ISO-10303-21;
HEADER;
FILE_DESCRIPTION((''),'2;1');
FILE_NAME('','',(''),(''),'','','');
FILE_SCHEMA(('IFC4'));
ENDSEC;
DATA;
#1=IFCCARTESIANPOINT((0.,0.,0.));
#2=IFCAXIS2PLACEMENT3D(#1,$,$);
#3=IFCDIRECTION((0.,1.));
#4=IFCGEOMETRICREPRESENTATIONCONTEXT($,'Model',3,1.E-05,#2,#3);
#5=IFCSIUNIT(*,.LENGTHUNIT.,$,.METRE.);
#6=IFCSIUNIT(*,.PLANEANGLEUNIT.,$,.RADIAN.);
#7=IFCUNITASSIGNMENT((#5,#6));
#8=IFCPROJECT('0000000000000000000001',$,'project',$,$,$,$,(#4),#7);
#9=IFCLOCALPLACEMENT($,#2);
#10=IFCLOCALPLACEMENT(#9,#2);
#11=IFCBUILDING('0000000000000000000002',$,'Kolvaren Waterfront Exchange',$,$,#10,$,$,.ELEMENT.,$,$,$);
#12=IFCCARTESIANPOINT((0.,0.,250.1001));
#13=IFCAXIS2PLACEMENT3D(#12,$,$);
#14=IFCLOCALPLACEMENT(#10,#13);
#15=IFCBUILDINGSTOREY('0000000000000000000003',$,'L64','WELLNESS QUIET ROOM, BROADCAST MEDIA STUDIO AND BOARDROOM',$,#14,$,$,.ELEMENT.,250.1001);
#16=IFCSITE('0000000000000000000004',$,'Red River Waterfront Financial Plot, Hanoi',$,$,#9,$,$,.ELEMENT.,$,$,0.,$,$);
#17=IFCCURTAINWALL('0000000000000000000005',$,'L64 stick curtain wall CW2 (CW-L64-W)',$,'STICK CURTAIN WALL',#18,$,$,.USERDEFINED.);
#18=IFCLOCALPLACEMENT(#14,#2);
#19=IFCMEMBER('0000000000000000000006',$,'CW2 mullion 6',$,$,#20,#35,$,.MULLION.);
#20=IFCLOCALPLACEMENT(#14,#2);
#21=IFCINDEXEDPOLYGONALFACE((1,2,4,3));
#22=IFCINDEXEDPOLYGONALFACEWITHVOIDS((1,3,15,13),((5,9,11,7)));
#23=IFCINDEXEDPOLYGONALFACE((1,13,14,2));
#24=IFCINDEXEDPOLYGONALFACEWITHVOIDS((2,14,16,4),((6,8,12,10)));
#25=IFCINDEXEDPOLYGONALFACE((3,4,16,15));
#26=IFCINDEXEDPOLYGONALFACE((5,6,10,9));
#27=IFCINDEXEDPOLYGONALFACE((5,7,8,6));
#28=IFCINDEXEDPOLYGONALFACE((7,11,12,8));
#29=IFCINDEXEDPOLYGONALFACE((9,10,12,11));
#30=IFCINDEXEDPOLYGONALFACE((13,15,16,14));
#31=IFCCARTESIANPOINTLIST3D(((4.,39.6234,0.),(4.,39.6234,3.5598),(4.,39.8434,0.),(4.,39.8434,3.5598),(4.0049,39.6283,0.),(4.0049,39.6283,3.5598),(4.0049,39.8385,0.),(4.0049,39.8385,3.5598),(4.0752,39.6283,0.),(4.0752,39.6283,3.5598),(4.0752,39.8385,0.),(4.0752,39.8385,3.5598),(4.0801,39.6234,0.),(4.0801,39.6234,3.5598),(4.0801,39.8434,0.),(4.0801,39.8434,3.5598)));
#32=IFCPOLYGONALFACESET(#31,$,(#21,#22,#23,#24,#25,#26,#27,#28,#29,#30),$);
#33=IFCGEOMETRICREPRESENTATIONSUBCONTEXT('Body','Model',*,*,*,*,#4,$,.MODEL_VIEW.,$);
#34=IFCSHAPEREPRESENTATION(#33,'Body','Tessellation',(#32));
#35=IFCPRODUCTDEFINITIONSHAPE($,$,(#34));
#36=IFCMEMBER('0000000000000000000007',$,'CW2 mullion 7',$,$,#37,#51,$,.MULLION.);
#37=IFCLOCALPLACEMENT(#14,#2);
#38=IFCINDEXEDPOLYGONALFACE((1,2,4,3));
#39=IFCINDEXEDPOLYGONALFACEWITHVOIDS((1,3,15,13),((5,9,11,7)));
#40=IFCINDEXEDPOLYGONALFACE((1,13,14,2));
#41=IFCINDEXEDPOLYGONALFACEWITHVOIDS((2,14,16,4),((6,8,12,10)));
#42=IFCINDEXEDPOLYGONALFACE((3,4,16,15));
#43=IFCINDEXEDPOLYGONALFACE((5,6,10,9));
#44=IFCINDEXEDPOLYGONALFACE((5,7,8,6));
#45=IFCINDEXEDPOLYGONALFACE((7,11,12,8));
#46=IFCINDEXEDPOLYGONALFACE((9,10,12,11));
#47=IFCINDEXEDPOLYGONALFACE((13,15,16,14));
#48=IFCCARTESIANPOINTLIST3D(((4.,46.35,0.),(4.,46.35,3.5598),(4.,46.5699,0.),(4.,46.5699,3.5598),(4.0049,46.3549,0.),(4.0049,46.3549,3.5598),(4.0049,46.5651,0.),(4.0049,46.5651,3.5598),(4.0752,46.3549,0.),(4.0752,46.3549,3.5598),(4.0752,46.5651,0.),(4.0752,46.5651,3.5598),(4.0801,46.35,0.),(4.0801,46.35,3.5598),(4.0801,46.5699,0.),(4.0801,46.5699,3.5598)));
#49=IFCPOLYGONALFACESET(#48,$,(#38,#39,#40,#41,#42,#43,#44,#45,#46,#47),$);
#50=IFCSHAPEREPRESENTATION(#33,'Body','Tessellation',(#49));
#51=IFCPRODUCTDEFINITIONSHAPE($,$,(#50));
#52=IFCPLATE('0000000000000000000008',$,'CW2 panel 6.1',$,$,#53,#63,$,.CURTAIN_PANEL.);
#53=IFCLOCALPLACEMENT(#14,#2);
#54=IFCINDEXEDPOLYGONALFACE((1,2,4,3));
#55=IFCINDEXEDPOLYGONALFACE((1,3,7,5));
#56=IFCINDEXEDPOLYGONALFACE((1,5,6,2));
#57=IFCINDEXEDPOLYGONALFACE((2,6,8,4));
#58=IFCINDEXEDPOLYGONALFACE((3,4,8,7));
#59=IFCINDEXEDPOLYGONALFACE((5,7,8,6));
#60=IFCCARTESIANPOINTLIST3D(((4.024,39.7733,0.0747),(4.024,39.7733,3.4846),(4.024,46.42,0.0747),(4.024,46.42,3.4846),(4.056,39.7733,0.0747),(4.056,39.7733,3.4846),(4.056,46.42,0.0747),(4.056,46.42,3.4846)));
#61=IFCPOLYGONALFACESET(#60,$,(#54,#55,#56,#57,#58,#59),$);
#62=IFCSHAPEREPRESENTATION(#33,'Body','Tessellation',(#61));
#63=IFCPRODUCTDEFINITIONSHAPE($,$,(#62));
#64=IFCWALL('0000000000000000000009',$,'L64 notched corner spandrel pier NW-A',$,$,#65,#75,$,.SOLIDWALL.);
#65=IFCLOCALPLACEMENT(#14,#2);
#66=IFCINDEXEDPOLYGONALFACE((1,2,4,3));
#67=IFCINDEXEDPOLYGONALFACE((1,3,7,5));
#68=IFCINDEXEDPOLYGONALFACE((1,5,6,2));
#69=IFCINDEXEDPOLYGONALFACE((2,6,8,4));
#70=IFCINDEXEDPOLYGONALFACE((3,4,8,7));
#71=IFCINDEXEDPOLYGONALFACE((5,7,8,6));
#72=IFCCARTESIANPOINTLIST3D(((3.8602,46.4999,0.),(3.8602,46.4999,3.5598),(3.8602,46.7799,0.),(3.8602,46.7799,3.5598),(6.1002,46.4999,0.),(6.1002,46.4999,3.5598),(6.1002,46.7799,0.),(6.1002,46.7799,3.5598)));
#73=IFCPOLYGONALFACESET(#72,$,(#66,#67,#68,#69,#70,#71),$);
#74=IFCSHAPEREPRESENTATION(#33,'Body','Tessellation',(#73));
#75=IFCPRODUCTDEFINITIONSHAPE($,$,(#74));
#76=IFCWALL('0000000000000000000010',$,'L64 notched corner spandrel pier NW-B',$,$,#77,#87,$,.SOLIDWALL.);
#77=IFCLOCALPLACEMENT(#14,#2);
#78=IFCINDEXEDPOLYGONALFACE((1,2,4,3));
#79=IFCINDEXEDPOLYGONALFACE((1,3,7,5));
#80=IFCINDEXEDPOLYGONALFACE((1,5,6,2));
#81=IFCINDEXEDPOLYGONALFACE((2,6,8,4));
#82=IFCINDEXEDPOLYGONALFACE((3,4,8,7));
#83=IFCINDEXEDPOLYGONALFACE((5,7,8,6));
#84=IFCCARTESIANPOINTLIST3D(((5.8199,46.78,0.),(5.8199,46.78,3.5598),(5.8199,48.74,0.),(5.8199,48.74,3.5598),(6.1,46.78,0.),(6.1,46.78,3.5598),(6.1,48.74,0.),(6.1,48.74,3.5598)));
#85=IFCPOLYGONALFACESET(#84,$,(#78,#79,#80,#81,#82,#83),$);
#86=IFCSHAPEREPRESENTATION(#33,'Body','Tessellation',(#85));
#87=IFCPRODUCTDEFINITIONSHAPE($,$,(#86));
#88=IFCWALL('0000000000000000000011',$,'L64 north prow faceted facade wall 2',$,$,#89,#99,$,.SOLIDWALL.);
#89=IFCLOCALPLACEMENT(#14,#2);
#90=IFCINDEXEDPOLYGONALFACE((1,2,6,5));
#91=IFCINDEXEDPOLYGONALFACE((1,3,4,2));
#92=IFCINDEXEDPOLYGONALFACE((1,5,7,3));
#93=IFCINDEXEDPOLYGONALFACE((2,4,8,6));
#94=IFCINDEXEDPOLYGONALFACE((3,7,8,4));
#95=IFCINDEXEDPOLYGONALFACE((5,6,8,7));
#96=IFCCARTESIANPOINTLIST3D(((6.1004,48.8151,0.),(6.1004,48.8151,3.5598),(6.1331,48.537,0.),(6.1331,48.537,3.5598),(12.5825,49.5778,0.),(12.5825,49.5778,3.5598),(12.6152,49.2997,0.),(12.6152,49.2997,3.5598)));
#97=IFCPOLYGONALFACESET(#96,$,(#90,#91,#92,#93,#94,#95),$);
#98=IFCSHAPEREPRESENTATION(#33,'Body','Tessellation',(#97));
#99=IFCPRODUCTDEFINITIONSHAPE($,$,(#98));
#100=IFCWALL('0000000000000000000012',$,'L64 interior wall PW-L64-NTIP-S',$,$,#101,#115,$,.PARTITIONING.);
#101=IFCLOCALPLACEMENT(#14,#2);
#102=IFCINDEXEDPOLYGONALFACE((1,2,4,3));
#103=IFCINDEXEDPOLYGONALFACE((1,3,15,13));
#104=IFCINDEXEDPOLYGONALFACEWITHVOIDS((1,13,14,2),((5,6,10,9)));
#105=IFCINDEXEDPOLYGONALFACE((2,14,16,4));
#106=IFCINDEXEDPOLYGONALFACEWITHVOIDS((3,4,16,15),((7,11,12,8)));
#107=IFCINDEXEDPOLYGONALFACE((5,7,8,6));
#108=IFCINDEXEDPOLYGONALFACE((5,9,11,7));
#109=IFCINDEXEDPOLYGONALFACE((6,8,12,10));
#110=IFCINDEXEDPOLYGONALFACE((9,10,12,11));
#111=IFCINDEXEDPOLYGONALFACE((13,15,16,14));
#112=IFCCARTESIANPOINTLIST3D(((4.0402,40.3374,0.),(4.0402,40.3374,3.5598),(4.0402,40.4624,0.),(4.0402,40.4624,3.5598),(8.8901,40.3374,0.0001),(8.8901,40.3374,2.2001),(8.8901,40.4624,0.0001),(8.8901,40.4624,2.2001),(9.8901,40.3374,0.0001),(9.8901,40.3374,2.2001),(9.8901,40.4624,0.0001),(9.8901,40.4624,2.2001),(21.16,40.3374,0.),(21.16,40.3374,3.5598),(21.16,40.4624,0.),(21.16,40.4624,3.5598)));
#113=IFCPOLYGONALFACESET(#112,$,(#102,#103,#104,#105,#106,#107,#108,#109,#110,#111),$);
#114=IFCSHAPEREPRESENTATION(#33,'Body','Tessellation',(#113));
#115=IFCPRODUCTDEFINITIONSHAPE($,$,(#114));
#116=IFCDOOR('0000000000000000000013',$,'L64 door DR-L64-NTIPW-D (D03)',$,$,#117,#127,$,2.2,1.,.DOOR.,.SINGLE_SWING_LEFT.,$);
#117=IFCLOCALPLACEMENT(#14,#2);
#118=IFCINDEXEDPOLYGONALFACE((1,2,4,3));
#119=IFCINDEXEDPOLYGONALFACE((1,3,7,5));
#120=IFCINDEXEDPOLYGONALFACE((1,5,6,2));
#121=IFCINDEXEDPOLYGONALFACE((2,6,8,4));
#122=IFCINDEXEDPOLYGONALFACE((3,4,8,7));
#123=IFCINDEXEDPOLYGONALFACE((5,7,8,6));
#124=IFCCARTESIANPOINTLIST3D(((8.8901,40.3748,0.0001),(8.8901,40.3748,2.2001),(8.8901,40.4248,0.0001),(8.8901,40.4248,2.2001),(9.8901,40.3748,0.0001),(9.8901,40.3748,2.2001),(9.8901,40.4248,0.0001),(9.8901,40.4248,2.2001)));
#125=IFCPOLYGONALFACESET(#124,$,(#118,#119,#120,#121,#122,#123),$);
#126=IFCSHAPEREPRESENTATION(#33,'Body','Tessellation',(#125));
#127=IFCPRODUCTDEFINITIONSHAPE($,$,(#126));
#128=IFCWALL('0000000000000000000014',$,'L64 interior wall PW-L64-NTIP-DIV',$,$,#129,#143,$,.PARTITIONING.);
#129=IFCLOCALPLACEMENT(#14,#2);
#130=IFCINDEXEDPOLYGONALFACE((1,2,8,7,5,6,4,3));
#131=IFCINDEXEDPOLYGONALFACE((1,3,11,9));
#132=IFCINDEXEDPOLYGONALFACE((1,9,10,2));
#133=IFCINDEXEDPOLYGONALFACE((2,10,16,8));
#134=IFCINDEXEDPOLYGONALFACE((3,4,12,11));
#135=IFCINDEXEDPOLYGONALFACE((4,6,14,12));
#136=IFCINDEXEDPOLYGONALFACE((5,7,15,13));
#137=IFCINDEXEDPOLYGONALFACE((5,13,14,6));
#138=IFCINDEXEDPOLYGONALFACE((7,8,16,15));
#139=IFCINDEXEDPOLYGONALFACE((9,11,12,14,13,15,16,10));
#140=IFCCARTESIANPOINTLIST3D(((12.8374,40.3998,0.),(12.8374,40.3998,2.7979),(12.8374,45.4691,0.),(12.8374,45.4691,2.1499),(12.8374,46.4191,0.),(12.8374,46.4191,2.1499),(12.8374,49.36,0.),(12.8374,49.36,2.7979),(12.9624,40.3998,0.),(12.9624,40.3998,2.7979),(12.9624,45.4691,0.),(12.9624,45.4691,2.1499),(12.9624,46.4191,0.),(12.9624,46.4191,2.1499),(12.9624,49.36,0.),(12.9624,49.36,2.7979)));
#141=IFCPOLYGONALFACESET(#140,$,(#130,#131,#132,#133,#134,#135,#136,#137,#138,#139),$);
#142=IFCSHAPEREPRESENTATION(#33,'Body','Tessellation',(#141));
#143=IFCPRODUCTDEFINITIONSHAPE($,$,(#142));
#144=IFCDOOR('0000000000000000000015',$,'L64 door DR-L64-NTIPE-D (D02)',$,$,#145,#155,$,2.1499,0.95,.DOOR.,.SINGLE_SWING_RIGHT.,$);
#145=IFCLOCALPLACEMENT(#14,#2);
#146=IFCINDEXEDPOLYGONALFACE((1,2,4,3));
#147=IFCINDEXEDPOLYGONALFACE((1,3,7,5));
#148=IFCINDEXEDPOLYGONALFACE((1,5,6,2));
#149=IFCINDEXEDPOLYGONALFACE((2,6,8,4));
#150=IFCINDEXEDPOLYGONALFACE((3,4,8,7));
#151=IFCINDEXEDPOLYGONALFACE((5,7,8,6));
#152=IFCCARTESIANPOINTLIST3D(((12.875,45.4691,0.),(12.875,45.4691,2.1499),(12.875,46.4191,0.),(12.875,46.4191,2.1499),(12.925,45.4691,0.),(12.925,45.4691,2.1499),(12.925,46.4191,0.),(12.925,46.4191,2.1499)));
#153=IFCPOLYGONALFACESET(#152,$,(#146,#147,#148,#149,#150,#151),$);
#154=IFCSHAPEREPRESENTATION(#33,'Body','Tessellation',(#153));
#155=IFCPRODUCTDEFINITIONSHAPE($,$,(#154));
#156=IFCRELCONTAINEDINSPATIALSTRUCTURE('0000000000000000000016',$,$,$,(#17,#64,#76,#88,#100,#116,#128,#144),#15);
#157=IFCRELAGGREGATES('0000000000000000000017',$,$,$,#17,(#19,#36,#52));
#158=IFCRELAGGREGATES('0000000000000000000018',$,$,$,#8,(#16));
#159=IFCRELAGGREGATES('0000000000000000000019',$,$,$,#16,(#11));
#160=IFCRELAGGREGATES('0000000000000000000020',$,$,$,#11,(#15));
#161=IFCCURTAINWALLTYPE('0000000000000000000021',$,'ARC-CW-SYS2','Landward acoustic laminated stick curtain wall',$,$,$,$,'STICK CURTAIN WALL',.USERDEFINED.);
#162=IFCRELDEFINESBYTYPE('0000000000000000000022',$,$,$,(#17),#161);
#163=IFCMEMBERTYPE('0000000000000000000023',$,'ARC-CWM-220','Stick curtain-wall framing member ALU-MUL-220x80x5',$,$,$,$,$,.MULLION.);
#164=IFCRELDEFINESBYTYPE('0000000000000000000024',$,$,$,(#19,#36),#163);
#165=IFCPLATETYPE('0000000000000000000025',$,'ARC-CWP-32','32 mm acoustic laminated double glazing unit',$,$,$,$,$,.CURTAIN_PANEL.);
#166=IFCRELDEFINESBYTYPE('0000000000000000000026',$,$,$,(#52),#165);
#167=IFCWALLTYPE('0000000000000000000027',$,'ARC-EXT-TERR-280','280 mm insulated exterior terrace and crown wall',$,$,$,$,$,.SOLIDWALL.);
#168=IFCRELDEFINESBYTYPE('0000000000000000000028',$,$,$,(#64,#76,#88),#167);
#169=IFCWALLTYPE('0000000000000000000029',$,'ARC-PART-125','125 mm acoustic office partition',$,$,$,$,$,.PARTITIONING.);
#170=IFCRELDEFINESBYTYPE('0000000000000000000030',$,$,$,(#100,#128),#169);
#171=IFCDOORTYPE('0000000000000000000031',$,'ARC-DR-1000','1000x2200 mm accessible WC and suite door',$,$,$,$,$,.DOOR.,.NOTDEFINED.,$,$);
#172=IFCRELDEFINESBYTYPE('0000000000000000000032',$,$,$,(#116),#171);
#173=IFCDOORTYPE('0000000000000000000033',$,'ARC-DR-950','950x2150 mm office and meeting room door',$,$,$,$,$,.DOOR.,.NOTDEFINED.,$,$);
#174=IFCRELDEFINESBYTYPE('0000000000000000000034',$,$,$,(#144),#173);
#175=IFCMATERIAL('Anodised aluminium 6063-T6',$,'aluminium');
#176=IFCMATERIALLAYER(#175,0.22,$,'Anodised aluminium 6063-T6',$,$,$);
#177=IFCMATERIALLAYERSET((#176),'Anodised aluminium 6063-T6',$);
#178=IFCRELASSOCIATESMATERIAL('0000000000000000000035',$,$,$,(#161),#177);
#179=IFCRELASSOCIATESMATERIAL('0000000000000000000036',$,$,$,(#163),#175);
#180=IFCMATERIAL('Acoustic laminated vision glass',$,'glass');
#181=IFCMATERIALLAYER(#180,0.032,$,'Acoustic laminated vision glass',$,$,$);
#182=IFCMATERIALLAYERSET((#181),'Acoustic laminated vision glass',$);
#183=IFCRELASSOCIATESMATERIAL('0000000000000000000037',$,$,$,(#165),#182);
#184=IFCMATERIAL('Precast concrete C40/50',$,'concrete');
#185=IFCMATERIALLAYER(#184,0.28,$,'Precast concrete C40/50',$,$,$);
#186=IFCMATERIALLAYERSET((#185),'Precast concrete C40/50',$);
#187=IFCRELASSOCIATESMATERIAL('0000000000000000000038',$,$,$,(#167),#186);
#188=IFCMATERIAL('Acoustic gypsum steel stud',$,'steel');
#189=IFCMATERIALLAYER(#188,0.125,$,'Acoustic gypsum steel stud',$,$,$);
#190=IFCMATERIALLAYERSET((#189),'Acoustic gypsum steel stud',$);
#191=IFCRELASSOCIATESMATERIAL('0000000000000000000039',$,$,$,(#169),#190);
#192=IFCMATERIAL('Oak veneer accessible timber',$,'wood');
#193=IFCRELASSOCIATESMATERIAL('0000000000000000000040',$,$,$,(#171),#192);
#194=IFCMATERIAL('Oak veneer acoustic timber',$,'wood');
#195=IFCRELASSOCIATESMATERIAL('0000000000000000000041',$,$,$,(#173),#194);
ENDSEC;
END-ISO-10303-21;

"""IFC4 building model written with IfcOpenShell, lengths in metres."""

from ifc_helpers import new_model, si_unit, direction, frame, frame_2d, origin, origin_with_axes, origin_2d, place, context, subcontext, project, spatial, rectangle, hollow_rectangle, extrude, source, transform, mapped, material, layer, layer_set, material_profile, profile_set, type_object, element, fill, aggregate, save


model = new_model("IFC4")

# Units and contexts
model_context = context("Model", 3, precision=1e-05, world=origin(), true_north=direction((0.0, 1.0)))
body_context = subcontext(model_context, "Body", "Model", "MODEL_VIEW")
ifc_project = project(units=[si_unit("LENGTHUNIT", "METRE"), si_unit("PLANEANGLEUNIT", "RADIAN")], contexts=[model_context])

# Site, building, storey
site_placement = place(None, origin())
site = spatial("IfcSite", under=ifc_project, at=site_placement, Name="Red River Waterfront Financial Plot, Hanoi", CompositionType="ELEMENT", RefElevation=0.0)
building_placement = place(site_placement, origin())
building = spatial("IfcBuilding", under=site, at=building_placement, Name="Kolvaren Waterfront Exchange", CompositionType="ELEMENT")
storey_placement = place(building_placement, frame((0.0, 0.0, 250.1001)))
storey = spatial("IfcBuildingStorey", under=building, at=storey_placement, Name="L64", Description="WELLNESS QUIET ROOM, BROADCAST MEDIA STUDIO AND BOARDROOM", CompositionType="ELEMENT", Elevation=250.1001)

# Curtain wall, members, plate
ifc_material_1 = material(Name="Anodised aluminium 6063-T6", Category="aluminium")
ifc_layer_1 = layer(ifc_material_1, 0.22, Name="Anodised aluminium 6063-T6")
ifc_layer_set_1 = layer_set([ifc_layer_1], Name="Anodised aluminium 6063-T6")
curtain_wall_type = type_object("IfcCurtainWallType", Name="ARC-CW-SYS2", Description="Landward acoustic laminated stick curtain wall", ElementType="STICK CURTAIN WALL", PredefinedType="USERDEFINED", material=ifc_layer_set_1)
curtain_wall_placement = place(storey_placement, origin())
curtain_wall = element("IfcCurtainWall", 1, at=curtain_wall_placement, inside=storey, type_object=curtain_wall_type, Name="L64 stick curtain wall CW2 (CW-L64-W)", ObjectType="STICK CURTAIN WALL", PredefinedType="USERDEFINED")
ifc_material_profile_1 = material_profile(ifc_material_1, hollow_rectangle(XDim=0.0801, YDim=0.22, WallThickness=0.0049, at=origin_2d()), Name="ALU-MUL-220x80x5")
ifc_profile_set_1 = profile_set([ifc_material_profile_1], Name="Anodised aluminium 6063-T6")
member_type_1 = type_object("IfcMemberType", Name="ARC-CWM-220", Description="Stick curtain-wall framing member ALU-MUL-220x80x5", PredefinedType="MULLION", material=ifc_profile_set_1)
shared_shape_1 = source(origin_with_axes(), body_context, "Body", "SweptSolid", [
    extrude(hollow_rectangle(XDim=0.0801, YDim=0.22, WallThickness=0.0049, at=origin_2d()), origin(), (0.0, 0.0, 1.0), 3.5598),
])
member_1_placement = place(storey_placement, frame((4.04, 39.7334, 0.0), z_axis=(0.0, 0.0, 1.0), x_axis=(-1.0, 0.0, 0.0)))
member_1 = element("IfcMember", 2, at=member_1_placement, type_object=member_type_1, Name="CW2 mullion 6", PredefinedType="MULLION", context=body_context, shape_type="MappedRepresentation", body=[
    mapped(shared_shape_1, transform((0.0, 0.0, 0.0), x_axis=(1.0, 0.0, 0.0), y_axis=(0.0, 1.0, 0.0), z_axis=(0.0, 0.0, 1.0), scale=1.0)),
])
member_2_placement = place(storey_placement, frame((4.04, 46.46, 0.0), z_axis=(0.0, 0.0, 1.0), x_axis=(-1.0, 0.0, 0.0)))
member_2 = element("IfcMember", 3, at=member_2_placement, type_object=member_type_1, Name="CW2 mullion 7", PredefinedType="MULLION", context=body_context, shape_type="MappedRepresentation", body=[
    mapped(shared_shape_1, transform((0.0, 0.0, 0.0), x_axis=(1.0, 0.0, 0.0), y_axis=(0.0, 1.0, 0.0), z_axis=(0.0, 0.0, 1.0), scale=1.0)),
])
ifc_material_2 = material(Name="Acoustic laminated vision glass", Category="glass")
ifc_layer_2 = layer(ifc_material_2, 0.032, Name="Acoustic laminated vision glass")
ifc_layer_set_2 = layer_set([ifc_layer_2], Name="Acoustic laminated vision glass")
plate_type = type_object("IfcPlateType", Name="ARC-CWP-32", Description="32 mm acoustic laminated double glazing unit", PredefinedType="CURTAIN_PANEL", material=ifc_layer_set_2)
shared_shape_2 = source(origin_with_axes(), body_context, "Body", "SweptSolid", [
    extrude(rectangle(XDim=6.6467, YDim=0.032, at=origin_2d()), origin(), (0.0, 0.0, 1.0), 3.4099),
])
plate_placement = place(storey_placement, frame((4.04, 43.0967, 0.0747), z_axis=(0.0, 0.0, 1.0), x_axis=(0.0, 1.0, 0.0)))
plate = element("IfcPlate", 4, at=plate_placement, type_object=plate_type, Name="CW2 panel 6.1", PredefinedType="CURTAIN_PANEL", context=body_context, shape_type="MappedRepresentation", body=[
    mapped(shared_shape_2, transform((0.0, 0.0, 0.0), x_axis=(1.0, 0.0, 0.0), y_axis=(0.0, 1.0, 0.0), z_axis=(0.0, 0.0, 1.0), scale=1.0)),
])
aggregate(curtain_wall, [member_1, member_2, plate])

# Walls
ifc_material_3 = material(Name="Precast concrete C40/50", Category="concrete")
ifc_layer_3 = layer(ifc_material_3, 0.28, Name="Precast concrete C40/50")
ifc_layer_set_3 = layer_set([ifc_layer_3], Name="Precast concrete C40/50")
wall_type_1 = type_object("IfcWallType", Name="ARC-EXT-TERR-280", Description="280 mm insulated exterior terrace and crown wall", PredefinedType="SOLIDWALL", material=ifc_layer_set_3)
wall_1_placement = place(storey_placement, frame((3.8601, 46.6399, 0.0), z_axis=(0.0, 0.0, 1.0), x_axis=(1.0, 0.0, 0.0)))
element("IfcWall", 5, at=wall_1_placement, inside=storey, type_object=wall_type_1, Name="L64 notched corner spandrel pier NW-A", PredefinedType="SOLIDWALL", context=body_context, shape_type="SweptSolid", body=[
    extrude(rectangle(XDim=2.24, YDim=0.28, at=frame_2d((1.1201, 0.0))), origin(), (0.0, 0.0, 1.0), 3.5598),
])
wall_2_placement = place(storey_placement, frame((5.96, 46.78, 0.0), z_axis=(0.0, 0.0, 1.0), x_axis=(0.0, 1.0, 0.0)))
element("IfcWall", 6, at=wall_2_placement, inside=storey, type_object=wall_type_1, Name="L64 notched corner spandrel pier NW-B", PredefinedType="SOLIDWALL", context=body_context, shape_type="SweptSolid", body=[
    extrude(rectangle(XDim=1.96, YDim=0.28, at=frame_2d((0.98, 0.0))), origin(), (0.0, 0.0, 1.0), 3.5598),
])
wall_3_placement = place(storey_placement, frame((12.5989, 49.4387, 0.0), z_axis=(0.0, 0.0, 1.0), x_axis=(-0.993149, -0.116854, 0.0)))
element("IfcWall", 7, at=wall_3_placement, inside=storey, type_object=wall_type_1, Name="L64 north prow faceted facade wall 2", PredefinedType="SOLIDWALL", context=body_context, shape_type="SweptSolid", body=[
    extrude(rectangle(XDim=6.5269, YDim=0.28, at=frame_2d((3.2634, 0.0))), origin(), (0.0, 0.0, 1.0), 3.5598),
])

# Walls, openings, doors
ifc_material_4 = material(Name="Acoustic gypsum steel stud", Category="steel")
ifc_layer_4 = layer(ifc_material_4, 0.125, Name="Acoustic gypsum steel stud")
ifc_layer_set_4 = layer_set([ifc_layer_4], Name="Acoustic gypsum steel stud")
wall_type_2 = type_object("IfcWallType", Name="ARC-PART-125", Description="125 mm acoustic office partition", PredefinedType="PARTITIONING", material=ifc_layer_set_4)
wall_4_placement = place(storey_placement, frame((4.04, 40.3999, 0.0), z_axis=(0.0, 0.0, 1.0), x_axis=(1.0, 0.0, 0.0)))
wall_4 = element("IfcWall", 8, at=wall_4_placement, inside=storey, type_object=wall_type_2, Name="L64 interior wall PW-L64-NTIP-S", PredefinedType="PARTITIONING", context=body_context, shape_type="SweptSolid", body=[
    extrude(rectangle(XDim=17.1199, YDim=0.125, at=frame_2d((8.5601, 0.0))), origin(), (0.0, 0.0, 1.0), 3.5598),
])
opening_1_placement = place(wall_4_placement, frame((4.8501, 0.0, 0.0)))
opening_1 = element("IfcOpeningElement", 9, at=opening_1_placement, cuts=wall_4, PredefinedType="OPENING", context=body_context, shape_type="SweptSolid", body=[
    extrude(rectangle(XDim=1.0, YDim=2.2, at=frame_2d((0.5, 1.1001))), frame((0.0, 0.0725, 0.0), z_axis=(0.0, -1.0, 0.0), x_axis=(1.0, 0.0, 0.0)), (0.0, 0.0, 1.0), 0.145),
])
ifc_material_5 = material(Name="Oak veneer accessible timber", Category="wood")
door_type_1 = type_object("IfcDoorType", Name="ARC-DR-1000", Description="1000x2200 mm accessible WC and suite door", OperationType="NOTDEFINED", PredefinedType="DOOR", material=ifc_material_5)
door_1_placement = place(opening_1_placement, origin())
door_1 = element("IfcDoor", 10, at=door_1_placement, inside=storey, type_object=door_type_1, Name="L64 door DR-L64-NTIPW-D (D03)", OperationType="SINGLE_SWING_LEFT", OverallHeight=2.2, OverallWidth=1.0, PredefinedType="DOOR", context=body_context, shape_type="SweptSolid", body=[
    extrude(rectangle(XDim=1.0, YDim=2.2, at=frame_2d((0.5, 1.1001))), frame((0.0, 0.0249, 0.0), z_axis=(0.0, -1.0, 0.0), x_axis=(1.0, 0.0, 0.0)), (0.0, 0.0, 1.0), 0.05),
])
fill(opening_1, door_1)
wall_5_placement = place(storey_placement, frame((12.8999, 40.3999, 0.0), z_axis=(0.0, 0.0, 1.0), x_axis=(0.0, 1.0, 0.0)))
wall_5 = element("IfcWall", 11, at=wall_5_placement, inside=storey, type_object=wall_type_2, Name="L64 interior wall PW-L64-NTIP-DIV", PredefinedType="PARTITIONING", context=body_context, shape_type="SweptSolid", body=[
    extrude(rectangle(XDim=8.9602, YDim=0.125, at=frame_2d((4.48, 0.0))), origin(), (0.0, 0.0, 1.0), 2.7979),
])
opening_2_placement = place(wall_5_placement, frame((5.0691, 0.0, 0.0)))
opening_2 = element("IfcOpeningElement", 12, at=opening_2_placement, cuts=wall_5, PredefinedType="OPENING", context=body_context, shape_type="SweptSolid", body=[
    extrude(rectangle(XDim=0.95, YDim=2.1499, at=frame_2d((0.4751, 1.075))), frame((0.0, 0.0725, 0.0), z_axis=(0.0, -1.0, 0.0), x_axis=(1.0, 0.0, 0.0)), (0.0, 0.0, 1.0), 0.145),
])
ifc_material_6 = material(Name="Oak veneer acoustic timber", Category="wood")
door_type_2 = type_object("IfcDoorType", Name="ARC-DR-950", Description="950x2150 mm office and meeting room door", OperationType="NOTDEFINED", PredefinedType="DOOR", material=ifc_material_6)
door_2_placement = place(opening_2_placement, origin())
door_2 = element("IfcDoor", 13, at=door_2_placement, inside=storey, type_object=door_type_2, Name="L64 door DR-L64-NTIPE-D (D02)", OperationType="SINGLE_SWING_RIGHT", OverallHeight=2.1499, OverallWidth=0.95, PredefinedType="DOOR", context=body_context, shape_type="SweptSolid", body=[
    extrude(rectangle(XDim=0.95, YDim=2.1499, at=frame_2d((0.4751, 1.075))), frame((0.0, 0.0249, 0.0), z_axis=(0.0, -1.0, 0.0), x_axis=(1.0, 0.0, 0.0)), (0.0, 0.0, 1.0), 0.05),
])
fill(opening_2, door_2)

save(model, "model.ifc")
